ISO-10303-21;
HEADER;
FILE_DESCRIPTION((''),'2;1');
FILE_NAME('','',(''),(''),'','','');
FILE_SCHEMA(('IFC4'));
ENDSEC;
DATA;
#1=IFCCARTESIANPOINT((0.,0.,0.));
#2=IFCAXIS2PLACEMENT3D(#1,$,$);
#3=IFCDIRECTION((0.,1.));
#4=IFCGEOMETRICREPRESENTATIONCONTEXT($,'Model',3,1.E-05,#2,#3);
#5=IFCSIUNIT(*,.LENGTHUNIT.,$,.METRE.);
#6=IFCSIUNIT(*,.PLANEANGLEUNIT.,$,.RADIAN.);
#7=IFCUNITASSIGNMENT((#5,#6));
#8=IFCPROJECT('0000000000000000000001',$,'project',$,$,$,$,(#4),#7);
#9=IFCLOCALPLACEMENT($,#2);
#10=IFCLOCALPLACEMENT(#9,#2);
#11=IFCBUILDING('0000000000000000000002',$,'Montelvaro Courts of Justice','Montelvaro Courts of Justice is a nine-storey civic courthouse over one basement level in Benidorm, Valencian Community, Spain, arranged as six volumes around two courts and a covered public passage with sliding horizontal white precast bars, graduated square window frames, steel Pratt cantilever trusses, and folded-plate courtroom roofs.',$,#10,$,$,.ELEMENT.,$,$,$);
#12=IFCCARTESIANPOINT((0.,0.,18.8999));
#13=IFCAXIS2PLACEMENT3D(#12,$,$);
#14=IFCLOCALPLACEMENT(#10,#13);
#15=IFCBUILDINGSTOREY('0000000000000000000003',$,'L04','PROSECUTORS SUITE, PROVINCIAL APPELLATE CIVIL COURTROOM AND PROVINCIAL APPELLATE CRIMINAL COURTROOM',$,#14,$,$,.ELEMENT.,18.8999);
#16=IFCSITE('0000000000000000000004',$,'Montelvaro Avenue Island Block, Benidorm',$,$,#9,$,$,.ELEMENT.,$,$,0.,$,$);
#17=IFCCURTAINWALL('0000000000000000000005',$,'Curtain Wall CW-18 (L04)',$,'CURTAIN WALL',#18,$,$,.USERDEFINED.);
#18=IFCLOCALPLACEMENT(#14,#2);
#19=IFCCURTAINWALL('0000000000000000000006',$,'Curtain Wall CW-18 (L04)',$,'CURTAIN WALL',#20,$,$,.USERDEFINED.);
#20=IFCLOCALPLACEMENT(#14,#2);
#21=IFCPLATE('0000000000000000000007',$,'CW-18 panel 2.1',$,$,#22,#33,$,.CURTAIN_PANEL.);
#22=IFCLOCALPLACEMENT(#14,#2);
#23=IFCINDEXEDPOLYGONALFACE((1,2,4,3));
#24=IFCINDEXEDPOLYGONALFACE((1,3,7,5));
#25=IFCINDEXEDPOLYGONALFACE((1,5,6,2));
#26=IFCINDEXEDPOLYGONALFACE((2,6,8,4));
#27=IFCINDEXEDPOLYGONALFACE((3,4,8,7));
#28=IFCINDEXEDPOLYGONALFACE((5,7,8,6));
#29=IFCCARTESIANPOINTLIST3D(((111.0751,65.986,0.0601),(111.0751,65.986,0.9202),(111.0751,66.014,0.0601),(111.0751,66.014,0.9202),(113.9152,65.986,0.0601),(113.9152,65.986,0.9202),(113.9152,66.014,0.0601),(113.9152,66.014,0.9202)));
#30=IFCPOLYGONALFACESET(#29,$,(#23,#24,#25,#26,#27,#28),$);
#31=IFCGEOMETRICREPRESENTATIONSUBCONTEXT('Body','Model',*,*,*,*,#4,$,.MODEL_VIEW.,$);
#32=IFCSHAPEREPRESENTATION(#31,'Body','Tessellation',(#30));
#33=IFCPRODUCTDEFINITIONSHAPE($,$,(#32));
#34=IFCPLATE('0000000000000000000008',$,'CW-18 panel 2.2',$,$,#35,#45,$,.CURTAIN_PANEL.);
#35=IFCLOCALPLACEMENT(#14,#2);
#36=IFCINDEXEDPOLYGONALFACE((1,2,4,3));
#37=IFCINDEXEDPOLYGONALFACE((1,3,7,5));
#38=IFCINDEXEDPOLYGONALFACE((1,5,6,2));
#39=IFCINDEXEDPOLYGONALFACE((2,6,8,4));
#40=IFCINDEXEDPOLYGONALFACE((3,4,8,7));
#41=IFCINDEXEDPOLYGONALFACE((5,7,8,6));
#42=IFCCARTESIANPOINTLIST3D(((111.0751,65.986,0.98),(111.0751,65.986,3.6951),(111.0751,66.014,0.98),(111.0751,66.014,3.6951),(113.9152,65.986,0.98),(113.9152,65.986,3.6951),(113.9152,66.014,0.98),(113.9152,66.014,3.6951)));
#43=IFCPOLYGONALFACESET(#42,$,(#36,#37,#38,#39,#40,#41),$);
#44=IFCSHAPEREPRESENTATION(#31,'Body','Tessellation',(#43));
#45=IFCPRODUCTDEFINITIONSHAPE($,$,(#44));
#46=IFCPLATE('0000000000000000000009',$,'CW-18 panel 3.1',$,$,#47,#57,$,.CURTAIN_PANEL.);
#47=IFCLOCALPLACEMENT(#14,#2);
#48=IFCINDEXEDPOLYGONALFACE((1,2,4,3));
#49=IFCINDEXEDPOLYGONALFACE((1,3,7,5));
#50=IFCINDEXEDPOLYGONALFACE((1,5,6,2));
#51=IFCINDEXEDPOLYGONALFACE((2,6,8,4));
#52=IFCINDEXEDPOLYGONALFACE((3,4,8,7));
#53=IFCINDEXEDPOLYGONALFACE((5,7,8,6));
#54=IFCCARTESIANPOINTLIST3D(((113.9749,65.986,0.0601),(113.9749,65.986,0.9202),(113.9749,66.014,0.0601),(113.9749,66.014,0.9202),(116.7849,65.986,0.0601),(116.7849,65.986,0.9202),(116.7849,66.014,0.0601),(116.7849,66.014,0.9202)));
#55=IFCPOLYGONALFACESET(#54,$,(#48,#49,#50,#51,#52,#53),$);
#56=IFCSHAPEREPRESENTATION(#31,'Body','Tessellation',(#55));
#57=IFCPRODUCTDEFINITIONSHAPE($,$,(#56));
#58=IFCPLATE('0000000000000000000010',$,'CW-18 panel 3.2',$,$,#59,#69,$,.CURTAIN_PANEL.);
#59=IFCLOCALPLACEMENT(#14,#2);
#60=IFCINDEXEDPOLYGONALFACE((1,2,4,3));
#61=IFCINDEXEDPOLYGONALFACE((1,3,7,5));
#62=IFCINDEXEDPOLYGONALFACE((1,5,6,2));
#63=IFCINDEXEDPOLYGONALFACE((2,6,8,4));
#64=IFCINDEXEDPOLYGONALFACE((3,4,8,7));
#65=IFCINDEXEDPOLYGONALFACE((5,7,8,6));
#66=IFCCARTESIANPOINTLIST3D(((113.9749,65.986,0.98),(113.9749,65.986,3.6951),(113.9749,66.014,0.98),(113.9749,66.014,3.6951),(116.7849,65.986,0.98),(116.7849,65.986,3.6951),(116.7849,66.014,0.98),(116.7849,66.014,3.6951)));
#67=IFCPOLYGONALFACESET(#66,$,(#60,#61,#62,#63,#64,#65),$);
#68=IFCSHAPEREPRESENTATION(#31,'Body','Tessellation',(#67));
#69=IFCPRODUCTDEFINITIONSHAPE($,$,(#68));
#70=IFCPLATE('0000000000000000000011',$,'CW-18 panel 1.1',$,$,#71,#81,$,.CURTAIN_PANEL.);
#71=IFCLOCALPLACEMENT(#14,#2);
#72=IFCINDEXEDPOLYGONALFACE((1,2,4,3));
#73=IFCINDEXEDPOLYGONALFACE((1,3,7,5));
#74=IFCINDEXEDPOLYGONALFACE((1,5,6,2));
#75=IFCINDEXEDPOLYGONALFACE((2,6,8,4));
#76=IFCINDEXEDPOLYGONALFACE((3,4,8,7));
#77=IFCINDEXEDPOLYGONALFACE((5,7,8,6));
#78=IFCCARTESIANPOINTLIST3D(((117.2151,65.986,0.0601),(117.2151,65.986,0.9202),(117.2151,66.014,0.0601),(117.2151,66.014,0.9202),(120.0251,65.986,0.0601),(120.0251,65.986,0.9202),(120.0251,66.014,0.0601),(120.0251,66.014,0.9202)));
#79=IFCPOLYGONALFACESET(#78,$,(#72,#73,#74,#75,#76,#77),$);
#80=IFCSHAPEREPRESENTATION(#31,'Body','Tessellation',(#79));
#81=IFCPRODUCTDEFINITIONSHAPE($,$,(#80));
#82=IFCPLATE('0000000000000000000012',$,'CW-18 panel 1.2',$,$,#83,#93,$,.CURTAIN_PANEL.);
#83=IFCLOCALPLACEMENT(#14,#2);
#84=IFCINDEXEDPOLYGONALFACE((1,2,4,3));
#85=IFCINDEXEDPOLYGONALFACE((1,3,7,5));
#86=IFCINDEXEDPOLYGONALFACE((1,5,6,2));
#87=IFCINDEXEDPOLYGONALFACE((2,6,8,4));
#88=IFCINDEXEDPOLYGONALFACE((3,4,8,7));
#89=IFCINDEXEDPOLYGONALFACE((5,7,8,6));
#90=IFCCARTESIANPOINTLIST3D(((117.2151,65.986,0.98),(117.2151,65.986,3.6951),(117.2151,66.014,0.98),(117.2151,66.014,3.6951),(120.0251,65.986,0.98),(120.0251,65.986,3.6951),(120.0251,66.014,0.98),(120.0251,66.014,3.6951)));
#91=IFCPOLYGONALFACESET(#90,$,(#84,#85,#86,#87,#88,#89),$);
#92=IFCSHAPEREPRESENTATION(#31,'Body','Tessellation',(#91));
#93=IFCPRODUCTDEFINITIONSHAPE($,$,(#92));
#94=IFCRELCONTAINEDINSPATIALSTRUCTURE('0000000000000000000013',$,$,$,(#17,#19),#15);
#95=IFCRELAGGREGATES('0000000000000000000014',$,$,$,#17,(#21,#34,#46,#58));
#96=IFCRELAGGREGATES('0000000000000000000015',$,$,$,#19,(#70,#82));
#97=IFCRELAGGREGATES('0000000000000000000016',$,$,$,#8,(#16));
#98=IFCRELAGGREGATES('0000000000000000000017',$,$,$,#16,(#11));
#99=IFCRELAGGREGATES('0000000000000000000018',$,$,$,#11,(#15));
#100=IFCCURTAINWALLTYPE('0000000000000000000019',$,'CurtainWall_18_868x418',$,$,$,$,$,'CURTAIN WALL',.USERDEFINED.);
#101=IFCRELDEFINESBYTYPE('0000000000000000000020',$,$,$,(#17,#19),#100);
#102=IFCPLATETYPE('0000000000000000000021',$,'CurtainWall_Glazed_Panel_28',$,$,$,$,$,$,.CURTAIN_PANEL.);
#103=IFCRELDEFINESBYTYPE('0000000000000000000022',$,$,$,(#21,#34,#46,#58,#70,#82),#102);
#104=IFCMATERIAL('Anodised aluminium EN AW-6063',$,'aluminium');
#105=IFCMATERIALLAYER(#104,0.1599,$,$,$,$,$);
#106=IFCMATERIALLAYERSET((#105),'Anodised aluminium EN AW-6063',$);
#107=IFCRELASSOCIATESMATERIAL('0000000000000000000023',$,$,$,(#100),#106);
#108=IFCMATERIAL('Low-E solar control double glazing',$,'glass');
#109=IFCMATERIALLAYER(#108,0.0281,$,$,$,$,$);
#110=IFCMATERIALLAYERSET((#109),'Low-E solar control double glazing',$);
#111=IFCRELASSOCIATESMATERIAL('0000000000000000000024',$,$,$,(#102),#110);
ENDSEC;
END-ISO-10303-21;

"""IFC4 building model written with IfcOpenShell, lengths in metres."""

from ifc_helpers import new_model, si_unit, direction, frame, origin, origin_2d, place, context, subcontext, project, spatial, rectangle, extrude, material, layer, layer_set, type_object, element, aggregate, save


model = new_model("IFC4")

# Units and contexts
model_context = context("Model", 3, precision=1e-05, world=origin(), true_north=direction((0.0, 1.0)))
body_context = subcontext(model_context, "Body", "Model", "MODEL_VIEW")
ifc_project = project(units=[si_unit("LENGTHUNIT", "METRE"), si_unit("PLANEANGLEUNIT", "RADIAN")], contexts=[model_context])

# Site, building, storey
site_placement = place(None, origin())
site = spatial("IfcSite", under=ifc_project, at=site_placement, Name="Montelvaro Avenue Island Block, Benidorm", CompositionType="ELEMENT", RefElevation=0.0)
building_placement = place(site_placement, origin())
building = spatial("IfcBuilding", under=site, at=building_placement, Name="Montelvaro Courts of Justice", Description="Montelvaro Courts of Justice is a nine-storey civic courthouse over one basement level in Benidorm, Valencian Community, Spain, arranged as six volumes around two courts and a covered public passage with sliding horizontal white precast bars, graduated square window frames, steel Pratt cantilever trusses, and folded-plate courtroom roofs.", CompositionType="ELEMENT")
storey_placement = place(building_placement, frame((0.0, 0.0, 18.8999)))
storey = spatial("IfcBuildingStorey", under=building, at=storey_placement, Name="L04", Description="PROSECUTORS SUITE, PROVINCIAL APPELLATE CIVIL COURTROOM AND PROVINCIAL APPELLATE CRIMINAL COURTROOM", CompositionType="ELEMENT", Elevation=18.8999)

# Shared definitions
ifc_material_1 = material(Name="Anodised aluminium EN AW-6063", Category="aluminium")

# Curtain wall
ifc_layer_1 = layer(ifc_material_1, 0.1599)
ifc_layer_set_1 = layer_set([ifc_layer_1], Name="Anodised aluminium EN AW-6063")
curtain_wall_type_1 = type_object("IfcCurtainWallType", Name="CurtainWall_18_868x418", ElementType="CURTAIN WALL", PredefinedType="USERDEFINED", material=ifc_layer_set_1)
curtain_wall_1_placement = place(storey_placement, origin())
curtain_wall_1 = element("IfcCurtainWall", 1, at=curtain_wall_1_placement, inside=storey, type_object=curtain_wall_type_1, Name="Curtain Wall CW-18 (L04)", ObjectType="CURTAIN WALL", PredefinedType="USERDEFINED")

# Curtain wall
curtain_wall_2_placement = place(storey_placement, origin())
curtain_wall_2 = element("IfcCurtainWall", 2, at=curtain_wall_2_placement, inside=storey, type_object=curtain_wall_type_1, Name="Curtain Wall CW-18 (L04)", ObjectType="CURTAIN WALL", PredefinedType="USERDEFINED")

# Plates
ifc_material_2 = material(Name="Low-E solar control double glazing", Category="glass")
ifc_layer_2 = layer(ifc_material_2, 0.0281)
ifc_layer_set_2 = layer_set([ifc_layer_2], Name="Low-E solar control double glazing")
plate_type = type_object("IfcPlateType", Name="CurtainWall_Glazed_Panel_28", PredefinedType="CURTAIN_PANEL", material=ifc_layer_set_2)
plate_1_placement = place(storey_placement, frame((112.4951, 66.0, 0.0601), z_axis=(0.0, 0.0, 1.0), x_axis=(1.0, 0.0, 0.0)))
plate_1 = element("IfcPlate", 3, at=plate_1_placement, type_object=plate_type, Name="CW-18 panel 2.1", PredefinedType="CURTAIN_PANEL", context=body_context, shape_type="SweptSolid", body=[
    extrude(rectangle(XDim=2.8401, YDim=0.0281, at=origin_2d()), origin(), (0.0, 0.0, 1.0), 0.8601),
])
plate_2_placement = place(storey_placement, frame((112.4951, 66.0, 0.98), z_axis=(0.0, 0.0, 1.0), x_axis=(1.0, 0.0, 0.0)))
plate_2 = element("IfcPlate", 4, at=plate_2_placement, type_object=plate_type, Name="CW-18 panel 2.2", PredefinedType="CURTAIN_PANEL", context=body_context, shape_type="SweptSolid", body=[
    extrude(rectangle(XDim=2.8401, YDim=0.0281, at=origin_2d()), origin(), (0.0, 0.0, 1.0), 2.7151),
])
plate_3_placement = place(storey_placement, frame((115.3799, 66.0, 0.0601), z_axis=(0.0, 0.0, 1.0), x_axis=(1.0, 0.0, 0.0)))
plate_3 = element("IfcPlate", 5, at=plate_3_placement, type_object=plate_type, Name="CW-18 panel 3.1", PredefinedType="CURTAIN_PANEL", context=body_context, shape_type="SweptSolid", body=[
    extrude(rectangle(XDim=2.8101, YDim=0.0281, at=origin_2d()), origin(), (0.0, 0.0, 1.0), 0.8601),
])
plate_4_placement = place(storey_placement, frame((115.3799, 66.0, 0.98), z_axis=(0.0, 0.0, 1.0), x_axis=(1.0, 0.0, 0.0)))
plate_4 = element("IfcPlate", 6, at=plate_4_placement, type_object=plate_type, Name="CW-18 panel 3.2", PredefinedType="CURTAIN_PANEL", context=body_context, shape_type="SweptSolid", body=[
    extrude(rectangle(XDim=2.8101, YDim=0.0281, at=origin_2d()), origin(), (0.0, 0.0, 1.0), 2.7151),
])
aggregate(curtain_wall_1, [plate_1, plate_2, plate_3, plate_4])
plate_5_placement = place(storey_placement, frame((118.6201, 66.0, 0.0601), z_axis=(0.0, 0.0, 1.0), x_axis=(1.0, 0.0, 0.0)))
plate_5 = element("IfcPlate", 7, at=plate_5_placement, type_object=plate_type, Name="CW-18 panel 1.1", PredefinedType="CURTAIN_PANEL", context=body_context, shape_type="SweptSolid", body=[
    extrude(rectangle(XDim=2.8101, YDim=0.0281, at=origin_2d()), origin(), (0.0, 0.0, 1.0), 0.8601),
])
plate_6_placement = place(storey_placement, frame((118.6201, 66.0, 0.98), z_axis=(0.0, 0.0, 1.0), x_axis=(1.0, 0.0, 0.0)))
plate_6 = element("IfcPlate", 8, at=plate_6_placement, type_object=plate_type, Name="CW-18 panel 1.2", PredefinedType="CURTAIN_PANEL", context=body_context, shape_type="SweptSolid", body=[
    extrude(rectangle(XDim=2.8101, YDim=0.0281, at=origin_2d()), origin(), (0.0, 0.0, 1.0), 2.7151),
])
aggregate(curtain_wall_2, [plate_5, plate_6])

save(model, "model.ifc")
